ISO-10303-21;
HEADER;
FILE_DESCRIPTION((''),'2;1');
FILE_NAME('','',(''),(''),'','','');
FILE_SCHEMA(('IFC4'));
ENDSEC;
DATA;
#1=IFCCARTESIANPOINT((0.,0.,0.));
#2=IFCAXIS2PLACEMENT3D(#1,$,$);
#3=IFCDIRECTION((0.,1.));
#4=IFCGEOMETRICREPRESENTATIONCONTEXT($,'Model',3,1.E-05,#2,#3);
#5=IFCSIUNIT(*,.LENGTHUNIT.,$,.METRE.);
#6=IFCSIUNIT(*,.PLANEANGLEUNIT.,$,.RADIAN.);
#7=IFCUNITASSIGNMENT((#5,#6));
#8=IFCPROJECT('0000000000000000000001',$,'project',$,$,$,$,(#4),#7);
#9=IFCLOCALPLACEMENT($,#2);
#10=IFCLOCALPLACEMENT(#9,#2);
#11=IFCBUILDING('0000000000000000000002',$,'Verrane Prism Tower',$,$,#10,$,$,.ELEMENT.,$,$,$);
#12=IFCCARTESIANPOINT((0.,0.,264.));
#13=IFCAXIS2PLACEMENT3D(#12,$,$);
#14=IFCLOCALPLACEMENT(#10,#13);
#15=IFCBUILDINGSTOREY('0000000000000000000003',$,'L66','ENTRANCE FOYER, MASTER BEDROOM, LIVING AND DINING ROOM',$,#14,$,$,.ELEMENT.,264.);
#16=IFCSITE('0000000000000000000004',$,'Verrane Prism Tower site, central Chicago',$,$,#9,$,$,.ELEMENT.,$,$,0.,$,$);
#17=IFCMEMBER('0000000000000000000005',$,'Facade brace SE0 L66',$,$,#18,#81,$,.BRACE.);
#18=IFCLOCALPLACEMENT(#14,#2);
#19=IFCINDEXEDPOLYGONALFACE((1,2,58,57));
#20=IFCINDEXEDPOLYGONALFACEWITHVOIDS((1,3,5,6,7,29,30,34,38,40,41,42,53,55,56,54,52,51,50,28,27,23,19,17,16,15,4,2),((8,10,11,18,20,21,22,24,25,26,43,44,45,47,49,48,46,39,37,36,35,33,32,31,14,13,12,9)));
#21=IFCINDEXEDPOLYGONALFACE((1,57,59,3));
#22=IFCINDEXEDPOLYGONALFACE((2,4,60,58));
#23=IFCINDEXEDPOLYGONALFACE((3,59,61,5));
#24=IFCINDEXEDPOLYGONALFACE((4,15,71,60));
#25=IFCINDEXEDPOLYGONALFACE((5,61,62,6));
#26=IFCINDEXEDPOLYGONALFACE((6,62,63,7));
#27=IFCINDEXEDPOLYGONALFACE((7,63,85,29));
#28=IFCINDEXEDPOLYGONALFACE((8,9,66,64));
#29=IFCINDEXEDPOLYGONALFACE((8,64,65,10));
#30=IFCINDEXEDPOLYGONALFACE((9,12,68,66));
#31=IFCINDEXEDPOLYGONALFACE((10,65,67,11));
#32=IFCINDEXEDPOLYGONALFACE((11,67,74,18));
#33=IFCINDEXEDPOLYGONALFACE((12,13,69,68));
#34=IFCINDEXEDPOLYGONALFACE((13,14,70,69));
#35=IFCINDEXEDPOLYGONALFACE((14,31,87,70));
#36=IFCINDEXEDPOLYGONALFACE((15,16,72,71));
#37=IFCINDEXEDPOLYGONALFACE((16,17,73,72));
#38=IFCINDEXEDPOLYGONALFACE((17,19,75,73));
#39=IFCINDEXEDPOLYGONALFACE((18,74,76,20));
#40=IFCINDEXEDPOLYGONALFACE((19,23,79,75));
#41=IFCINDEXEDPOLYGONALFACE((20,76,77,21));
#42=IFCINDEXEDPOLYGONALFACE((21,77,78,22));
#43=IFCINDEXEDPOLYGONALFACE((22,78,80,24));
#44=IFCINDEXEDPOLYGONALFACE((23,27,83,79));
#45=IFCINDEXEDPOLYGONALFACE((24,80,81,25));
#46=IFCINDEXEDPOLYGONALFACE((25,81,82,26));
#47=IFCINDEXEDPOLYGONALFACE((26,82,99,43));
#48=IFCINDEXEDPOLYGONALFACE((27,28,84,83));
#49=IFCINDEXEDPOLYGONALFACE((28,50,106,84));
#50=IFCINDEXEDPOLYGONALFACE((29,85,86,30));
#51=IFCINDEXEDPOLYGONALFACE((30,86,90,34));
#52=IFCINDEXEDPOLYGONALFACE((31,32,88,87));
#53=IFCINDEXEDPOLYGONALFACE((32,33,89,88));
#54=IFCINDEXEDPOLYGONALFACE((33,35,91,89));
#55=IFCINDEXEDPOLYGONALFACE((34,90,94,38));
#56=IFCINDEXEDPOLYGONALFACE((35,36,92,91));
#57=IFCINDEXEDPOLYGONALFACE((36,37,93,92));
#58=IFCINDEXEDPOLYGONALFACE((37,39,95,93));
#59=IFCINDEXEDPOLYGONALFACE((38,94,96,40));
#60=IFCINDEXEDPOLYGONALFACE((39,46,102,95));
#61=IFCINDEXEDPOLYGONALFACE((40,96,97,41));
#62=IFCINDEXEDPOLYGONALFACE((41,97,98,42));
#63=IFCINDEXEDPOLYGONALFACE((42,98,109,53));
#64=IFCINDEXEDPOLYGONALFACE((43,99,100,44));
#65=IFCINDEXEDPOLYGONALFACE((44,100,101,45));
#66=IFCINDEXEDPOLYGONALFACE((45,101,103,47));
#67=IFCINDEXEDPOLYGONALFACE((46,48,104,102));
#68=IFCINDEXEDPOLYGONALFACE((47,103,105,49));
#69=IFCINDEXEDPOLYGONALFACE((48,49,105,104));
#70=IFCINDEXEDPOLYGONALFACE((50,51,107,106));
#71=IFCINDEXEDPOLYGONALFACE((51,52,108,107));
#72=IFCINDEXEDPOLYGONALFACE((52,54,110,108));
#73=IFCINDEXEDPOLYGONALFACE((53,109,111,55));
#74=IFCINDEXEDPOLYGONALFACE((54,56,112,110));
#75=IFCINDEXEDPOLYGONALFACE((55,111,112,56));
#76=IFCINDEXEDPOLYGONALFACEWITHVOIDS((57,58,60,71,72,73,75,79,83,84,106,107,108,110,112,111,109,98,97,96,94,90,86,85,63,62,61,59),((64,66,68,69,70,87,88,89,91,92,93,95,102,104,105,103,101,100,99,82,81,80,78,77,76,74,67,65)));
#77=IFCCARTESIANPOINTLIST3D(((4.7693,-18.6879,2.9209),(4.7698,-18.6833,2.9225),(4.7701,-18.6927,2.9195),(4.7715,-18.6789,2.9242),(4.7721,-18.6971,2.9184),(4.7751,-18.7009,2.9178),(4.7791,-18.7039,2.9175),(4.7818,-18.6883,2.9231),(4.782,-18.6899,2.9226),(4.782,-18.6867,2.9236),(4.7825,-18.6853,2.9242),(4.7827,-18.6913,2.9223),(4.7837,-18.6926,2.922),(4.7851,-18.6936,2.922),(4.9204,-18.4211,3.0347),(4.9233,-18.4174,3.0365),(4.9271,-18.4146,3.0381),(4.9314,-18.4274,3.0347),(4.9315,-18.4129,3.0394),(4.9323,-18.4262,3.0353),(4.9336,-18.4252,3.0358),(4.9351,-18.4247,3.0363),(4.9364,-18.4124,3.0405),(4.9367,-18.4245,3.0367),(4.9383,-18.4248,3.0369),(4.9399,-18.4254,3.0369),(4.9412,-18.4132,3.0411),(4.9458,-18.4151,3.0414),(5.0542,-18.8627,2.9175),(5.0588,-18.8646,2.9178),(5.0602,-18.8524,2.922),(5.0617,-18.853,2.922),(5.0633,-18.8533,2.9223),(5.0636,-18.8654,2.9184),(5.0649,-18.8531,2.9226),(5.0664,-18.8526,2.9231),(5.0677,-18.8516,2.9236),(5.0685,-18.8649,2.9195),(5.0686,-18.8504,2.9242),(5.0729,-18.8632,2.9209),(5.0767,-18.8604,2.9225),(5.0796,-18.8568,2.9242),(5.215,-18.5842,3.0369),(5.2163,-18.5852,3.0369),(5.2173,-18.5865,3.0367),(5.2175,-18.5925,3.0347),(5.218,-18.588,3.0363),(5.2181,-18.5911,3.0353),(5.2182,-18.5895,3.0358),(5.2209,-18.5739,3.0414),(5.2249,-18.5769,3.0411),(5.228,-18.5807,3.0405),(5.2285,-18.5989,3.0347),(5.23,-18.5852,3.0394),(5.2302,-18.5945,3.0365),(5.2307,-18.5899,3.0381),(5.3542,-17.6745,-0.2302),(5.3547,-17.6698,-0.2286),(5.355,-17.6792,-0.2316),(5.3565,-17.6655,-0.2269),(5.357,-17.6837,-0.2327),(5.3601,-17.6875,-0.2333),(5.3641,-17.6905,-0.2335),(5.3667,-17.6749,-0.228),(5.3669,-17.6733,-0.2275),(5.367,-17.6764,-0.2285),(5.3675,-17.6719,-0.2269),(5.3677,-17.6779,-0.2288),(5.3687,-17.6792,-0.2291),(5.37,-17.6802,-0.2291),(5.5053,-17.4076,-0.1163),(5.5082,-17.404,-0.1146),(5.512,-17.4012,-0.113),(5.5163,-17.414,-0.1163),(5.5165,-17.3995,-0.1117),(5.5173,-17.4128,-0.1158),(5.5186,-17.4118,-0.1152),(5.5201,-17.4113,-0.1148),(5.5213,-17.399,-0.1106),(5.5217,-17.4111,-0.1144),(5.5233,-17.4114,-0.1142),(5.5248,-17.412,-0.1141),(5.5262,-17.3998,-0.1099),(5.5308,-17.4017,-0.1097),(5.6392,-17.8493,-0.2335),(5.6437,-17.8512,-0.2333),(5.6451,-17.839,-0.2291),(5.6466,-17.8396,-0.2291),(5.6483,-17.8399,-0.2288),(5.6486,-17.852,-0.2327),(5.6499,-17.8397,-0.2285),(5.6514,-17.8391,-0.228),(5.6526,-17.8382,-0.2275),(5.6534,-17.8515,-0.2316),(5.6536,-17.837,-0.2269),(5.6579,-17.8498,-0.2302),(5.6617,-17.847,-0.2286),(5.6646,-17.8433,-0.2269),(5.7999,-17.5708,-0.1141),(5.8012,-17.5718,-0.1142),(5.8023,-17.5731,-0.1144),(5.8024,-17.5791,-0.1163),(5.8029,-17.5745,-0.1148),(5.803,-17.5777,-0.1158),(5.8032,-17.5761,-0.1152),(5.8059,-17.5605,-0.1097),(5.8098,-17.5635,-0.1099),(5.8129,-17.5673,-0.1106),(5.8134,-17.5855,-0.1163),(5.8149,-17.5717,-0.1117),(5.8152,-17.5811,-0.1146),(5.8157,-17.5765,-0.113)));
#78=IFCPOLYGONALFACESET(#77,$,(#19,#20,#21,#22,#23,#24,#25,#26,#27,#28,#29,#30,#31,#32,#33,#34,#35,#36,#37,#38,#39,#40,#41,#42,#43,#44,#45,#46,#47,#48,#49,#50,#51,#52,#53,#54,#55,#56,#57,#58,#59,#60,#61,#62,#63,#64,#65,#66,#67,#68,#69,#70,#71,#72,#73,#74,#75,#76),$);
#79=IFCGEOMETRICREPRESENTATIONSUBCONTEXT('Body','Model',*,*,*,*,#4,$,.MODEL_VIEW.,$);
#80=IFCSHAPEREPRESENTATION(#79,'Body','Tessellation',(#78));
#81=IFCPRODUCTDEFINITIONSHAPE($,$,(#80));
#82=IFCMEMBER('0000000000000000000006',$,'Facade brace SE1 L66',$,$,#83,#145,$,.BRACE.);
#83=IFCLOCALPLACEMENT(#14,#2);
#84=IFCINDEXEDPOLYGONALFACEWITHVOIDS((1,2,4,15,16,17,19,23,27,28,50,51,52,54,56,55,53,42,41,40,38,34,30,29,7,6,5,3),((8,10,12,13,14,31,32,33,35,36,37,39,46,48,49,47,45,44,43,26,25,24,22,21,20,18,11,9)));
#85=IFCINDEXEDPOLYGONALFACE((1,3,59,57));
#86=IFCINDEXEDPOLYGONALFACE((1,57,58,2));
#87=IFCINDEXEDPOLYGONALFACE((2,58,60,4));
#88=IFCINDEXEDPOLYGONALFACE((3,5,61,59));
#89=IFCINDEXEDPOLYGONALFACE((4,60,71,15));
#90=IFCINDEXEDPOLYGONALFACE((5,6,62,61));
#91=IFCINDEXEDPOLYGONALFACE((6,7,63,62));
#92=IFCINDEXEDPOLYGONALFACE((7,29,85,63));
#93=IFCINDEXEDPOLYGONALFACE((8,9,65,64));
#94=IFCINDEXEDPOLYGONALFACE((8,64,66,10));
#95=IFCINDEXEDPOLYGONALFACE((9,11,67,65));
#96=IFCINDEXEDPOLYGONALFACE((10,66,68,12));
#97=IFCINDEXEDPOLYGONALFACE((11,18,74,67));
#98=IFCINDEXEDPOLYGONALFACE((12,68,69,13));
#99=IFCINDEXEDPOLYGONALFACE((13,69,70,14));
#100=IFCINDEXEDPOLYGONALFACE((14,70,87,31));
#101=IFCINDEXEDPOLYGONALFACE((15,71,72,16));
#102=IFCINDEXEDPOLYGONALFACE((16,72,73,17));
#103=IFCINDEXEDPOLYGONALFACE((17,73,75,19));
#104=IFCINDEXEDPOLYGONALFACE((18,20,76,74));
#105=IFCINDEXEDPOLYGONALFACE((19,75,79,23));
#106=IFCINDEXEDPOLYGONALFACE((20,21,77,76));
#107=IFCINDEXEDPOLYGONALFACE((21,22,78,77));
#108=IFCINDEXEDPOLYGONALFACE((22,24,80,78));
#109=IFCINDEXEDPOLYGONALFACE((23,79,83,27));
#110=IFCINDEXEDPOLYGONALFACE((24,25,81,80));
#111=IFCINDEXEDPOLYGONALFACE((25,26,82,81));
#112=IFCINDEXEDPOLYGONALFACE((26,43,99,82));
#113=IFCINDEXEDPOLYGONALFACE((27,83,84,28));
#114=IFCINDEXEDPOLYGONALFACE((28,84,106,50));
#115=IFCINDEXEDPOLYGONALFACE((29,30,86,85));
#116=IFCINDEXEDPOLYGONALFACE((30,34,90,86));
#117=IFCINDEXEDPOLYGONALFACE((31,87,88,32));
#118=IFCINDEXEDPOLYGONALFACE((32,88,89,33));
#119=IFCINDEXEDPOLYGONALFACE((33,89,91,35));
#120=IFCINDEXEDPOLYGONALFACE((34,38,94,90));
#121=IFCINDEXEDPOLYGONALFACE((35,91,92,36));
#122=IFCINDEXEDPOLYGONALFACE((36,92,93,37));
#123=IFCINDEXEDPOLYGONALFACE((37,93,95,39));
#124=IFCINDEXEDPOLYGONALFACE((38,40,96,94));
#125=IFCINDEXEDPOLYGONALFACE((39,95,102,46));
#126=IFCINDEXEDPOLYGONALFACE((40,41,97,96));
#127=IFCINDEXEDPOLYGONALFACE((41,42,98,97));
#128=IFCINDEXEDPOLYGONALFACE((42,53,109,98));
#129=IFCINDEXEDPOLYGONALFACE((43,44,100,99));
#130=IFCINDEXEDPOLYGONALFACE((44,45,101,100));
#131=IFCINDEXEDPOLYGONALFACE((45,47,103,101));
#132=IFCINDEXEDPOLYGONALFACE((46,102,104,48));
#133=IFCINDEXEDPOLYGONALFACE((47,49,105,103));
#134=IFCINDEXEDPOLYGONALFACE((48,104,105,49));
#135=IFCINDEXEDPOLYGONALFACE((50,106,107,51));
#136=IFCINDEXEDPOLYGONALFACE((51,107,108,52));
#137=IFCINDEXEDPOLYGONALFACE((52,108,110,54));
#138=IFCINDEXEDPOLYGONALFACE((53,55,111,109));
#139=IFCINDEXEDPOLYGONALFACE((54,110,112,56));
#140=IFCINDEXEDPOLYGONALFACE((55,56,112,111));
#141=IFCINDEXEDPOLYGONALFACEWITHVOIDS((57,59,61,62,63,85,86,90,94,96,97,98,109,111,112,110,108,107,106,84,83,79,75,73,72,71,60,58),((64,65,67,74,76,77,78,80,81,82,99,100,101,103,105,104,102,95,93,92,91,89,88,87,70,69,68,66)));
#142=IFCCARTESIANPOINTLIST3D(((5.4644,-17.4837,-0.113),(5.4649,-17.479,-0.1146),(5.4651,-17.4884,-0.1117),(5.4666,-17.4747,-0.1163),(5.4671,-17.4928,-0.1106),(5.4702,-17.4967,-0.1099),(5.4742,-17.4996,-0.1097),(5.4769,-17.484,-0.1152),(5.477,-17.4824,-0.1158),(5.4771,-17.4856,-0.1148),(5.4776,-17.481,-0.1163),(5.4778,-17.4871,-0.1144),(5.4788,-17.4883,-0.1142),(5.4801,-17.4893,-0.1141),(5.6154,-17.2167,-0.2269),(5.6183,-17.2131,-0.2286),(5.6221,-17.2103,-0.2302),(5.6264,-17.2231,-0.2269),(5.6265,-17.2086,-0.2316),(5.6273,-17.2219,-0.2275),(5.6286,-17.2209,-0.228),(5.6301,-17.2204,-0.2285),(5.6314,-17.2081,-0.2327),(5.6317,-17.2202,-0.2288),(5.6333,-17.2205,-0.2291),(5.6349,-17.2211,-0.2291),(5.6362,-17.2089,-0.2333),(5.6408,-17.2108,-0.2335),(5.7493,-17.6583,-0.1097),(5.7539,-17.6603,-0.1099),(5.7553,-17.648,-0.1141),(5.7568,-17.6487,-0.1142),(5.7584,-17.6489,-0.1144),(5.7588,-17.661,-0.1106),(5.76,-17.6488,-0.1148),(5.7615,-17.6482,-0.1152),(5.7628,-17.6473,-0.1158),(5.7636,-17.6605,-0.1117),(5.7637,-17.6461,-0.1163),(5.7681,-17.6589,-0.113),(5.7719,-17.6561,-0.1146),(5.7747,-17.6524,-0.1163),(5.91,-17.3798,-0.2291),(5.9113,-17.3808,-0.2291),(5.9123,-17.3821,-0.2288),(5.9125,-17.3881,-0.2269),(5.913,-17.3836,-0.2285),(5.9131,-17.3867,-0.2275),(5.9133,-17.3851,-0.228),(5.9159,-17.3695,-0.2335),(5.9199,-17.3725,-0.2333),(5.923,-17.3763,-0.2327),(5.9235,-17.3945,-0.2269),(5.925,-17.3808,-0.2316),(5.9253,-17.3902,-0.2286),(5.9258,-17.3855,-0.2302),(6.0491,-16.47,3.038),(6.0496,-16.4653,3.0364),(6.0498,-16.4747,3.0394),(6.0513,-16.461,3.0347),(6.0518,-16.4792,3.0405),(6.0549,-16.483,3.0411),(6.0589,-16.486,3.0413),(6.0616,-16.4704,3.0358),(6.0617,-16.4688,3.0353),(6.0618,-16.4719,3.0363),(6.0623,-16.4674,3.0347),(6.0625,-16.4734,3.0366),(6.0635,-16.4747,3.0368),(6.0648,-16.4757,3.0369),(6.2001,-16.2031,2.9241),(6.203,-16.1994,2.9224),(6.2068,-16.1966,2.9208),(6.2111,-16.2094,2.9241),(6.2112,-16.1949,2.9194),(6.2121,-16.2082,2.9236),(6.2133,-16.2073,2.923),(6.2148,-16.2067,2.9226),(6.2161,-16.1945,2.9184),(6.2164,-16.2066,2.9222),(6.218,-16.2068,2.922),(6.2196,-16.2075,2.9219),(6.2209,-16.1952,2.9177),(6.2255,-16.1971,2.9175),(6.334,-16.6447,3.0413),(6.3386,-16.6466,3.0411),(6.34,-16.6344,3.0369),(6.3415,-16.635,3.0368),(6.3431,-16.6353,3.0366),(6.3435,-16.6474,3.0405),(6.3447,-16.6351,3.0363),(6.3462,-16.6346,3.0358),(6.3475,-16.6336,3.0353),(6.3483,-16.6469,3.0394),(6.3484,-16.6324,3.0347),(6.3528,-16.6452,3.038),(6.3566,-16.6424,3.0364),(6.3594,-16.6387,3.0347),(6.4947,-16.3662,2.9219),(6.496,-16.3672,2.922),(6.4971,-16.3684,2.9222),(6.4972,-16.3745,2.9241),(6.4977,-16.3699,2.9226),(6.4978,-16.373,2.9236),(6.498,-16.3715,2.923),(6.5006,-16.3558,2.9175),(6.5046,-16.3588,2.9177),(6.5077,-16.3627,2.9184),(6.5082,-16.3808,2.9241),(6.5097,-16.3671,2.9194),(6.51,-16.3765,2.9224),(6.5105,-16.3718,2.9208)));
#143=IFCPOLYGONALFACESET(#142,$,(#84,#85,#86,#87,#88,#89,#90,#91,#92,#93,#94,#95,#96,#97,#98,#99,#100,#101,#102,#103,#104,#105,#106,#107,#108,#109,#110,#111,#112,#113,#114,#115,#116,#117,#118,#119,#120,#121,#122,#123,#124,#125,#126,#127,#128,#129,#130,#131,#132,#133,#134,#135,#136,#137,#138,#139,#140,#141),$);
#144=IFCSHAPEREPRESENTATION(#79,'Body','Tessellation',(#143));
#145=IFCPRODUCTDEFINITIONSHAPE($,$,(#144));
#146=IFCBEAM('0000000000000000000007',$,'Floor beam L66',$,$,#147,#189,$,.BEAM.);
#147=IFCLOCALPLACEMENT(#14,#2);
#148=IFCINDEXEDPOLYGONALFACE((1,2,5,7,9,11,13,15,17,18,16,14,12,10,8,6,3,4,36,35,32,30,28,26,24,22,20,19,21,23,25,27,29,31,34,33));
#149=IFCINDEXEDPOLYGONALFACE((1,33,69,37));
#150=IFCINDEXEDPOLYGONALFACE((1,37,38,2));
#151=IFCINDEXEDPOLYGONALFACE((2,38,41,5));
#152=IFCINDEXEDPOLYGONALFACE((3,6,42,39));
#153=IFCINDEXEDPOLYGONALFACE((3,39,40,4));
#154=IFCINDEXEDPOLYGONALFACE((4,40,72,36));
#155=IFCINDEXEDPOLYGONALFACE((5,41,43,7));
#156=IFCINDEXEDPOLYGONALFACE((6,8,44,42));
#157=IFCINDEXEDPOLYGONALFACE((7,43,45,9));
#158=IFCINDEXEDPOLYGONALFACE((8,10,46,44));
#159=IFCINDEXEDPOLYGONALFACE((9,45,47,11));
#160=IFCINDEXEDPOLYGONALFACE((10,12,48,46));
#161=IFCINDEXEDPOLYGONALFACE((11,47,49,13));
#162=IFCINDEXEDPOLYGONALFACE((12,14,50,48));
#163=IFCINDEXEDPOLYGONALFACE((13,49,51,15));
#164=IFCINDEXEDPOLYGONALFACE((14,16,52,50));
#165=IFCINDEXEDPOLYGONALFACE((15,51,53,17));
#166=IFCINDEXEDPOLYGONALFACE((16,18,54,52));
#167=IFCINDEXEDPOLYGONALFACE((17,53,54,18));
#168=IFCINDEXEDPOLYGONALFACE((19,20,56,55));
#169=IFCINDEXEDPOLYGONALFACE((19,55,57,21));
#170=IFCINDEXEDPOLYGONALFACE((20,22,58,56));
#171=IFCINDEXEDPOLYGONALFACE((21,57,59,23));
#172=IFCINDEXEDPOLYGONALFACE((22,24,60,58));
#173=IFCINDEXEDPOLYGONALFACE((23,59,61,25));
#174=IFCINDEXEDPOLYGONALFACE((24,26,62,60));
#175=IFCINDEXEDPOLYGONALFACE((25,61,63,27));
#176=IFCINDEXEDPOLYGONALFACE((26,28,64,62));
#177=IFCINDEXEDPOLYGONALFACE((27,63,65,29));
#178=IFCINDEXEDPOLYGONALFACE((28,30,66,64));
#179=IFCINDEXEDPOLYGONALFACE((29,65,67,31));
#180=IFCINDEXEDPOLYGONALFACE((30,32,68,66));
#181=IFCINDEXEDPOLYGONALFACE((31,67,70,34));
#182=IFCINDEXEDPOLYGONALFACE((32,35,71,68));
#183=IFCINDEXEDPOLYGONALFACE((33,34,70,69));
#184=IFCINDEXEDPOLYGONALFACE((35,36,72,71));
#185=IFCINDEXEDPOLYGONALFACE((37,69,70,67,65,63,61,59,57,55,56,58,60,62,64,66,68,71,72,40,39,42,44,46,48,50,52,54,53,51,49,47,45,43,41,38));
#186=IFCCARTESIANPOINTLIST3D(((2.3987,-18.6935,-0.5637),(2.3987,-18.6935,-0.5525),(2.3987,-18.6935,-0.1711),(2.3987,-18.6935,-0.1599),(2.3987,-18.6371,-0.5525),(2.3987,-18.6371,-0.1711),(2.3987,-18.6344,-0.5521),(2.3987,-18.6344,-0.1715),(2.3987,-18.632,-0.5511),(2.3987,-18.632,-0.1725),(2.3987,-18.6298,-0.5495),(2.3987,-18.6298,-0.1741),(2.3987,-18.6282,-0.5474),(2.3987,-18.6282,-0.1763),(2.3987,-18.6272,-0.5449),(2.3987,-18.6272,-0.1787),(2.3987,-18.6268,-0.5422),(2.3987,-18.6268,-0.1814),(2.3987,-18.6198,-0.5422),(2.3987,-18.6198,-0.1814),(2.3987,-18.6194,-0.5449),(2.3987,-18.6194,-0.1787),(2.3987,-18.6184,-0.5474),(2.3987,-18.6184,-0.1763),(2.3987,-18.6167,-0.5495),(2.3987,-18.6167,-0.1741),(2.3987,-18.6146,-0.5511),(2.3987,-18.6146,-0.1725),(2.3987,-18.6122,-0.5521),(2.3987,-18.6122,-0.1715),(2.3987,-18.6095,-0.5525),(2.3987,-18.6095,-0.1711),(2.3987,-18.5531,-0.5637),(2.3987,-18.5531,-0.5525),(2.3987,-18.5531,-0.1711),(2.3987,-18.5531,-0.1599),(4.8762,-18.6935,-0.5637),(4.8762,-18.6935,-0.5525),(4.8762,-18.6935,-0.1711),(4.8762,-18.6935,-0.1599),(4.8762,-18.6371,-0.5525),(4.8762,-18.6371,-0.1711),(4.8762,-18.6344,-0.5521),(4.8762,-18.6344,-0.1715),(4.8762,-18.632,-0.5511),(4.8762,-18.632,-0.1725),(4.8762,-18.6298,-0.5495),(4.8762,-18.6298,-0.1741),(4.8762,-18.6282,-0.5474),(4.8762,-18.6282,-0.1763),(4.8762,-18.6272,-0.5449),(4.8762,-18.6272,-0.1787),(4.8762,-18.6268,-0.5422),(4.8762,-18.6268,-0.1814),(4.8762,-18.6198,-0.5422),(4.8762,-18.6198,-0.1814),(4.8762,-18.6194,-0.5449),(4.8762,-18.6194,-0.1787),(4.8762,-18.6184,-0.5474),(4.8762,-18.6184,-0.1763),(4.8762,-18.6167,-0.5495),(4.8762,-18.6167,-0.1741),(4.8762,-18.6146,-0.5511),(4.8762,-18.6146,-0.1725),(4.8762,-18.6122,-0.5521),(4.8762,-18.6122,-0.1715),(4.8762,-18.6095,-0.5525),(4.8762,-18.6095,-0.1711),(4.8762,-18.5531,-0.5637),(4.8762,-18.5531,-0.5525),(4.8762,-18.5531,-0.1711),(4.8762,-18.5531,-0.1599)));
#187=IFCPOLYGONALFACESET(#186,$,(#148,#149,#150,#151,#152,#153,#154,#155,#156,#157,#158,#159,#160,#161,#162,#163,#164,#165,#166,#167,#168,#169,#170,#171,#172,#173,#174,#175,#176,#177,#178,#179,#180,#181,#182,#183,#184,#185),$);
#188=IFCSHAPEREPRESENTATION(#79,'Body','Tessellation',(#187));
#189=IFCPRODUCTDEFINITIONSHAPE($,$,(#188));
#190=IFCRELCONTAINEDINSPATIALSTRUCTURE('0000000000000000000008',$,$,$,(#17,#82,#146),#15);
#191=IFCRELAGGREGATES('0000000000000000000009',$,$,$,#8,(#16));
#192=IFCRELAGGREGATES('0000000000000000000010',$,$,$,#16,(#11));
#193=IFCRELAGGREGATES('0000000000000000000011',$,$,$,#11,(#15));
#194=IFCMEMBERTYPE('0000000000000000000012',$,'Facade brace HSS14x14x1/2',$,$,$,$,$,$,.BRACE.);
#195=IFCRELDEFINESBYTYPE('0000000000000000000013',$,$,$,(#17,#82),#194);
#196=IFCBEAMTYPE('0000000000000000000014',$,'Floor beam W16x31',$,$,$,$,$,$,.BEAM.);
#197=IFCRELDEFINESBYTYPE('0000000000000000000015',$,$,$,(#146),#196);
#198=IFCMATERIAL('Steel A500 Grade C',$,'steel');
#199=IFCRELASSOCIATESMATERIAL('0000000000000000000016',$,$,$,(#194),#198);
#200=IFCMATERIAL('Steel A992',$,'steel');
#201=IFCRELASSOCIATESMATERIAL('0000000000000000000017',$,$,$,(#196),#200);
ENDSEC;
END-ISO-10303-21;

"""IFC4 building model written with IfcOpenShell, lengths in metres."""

from ifc_helpers import new_model, si_unit, direction, frame, origin, origin_2d, place, context, subcontext, project, spatial, hollow_rectangle, i_section, extrude, material, material_profile, profile_set, type_object, element, save


model = new_model("IFC4")

# Units and contexts
model_context = context("Model", 3, precision=1e-05, world=origin(), true_north=direction((0.0, 1.0)))
body_context = subcontext(model_context, "Body", "Model", "MODEL_VIEW")
ifc_project = project(units=[si_unit("LENGTHUNIT", "METRE"), si_unit("PLANEANGLEUNIT", "RADIAN")], contexts=[model_context])

# Site, building, storey
site_placement = place(None, origin())
site = spatial("IfcSite", under=ifc_project, at=site_placement, Name="Verrane Prism Tower site, central Chicago", CompositionType="ELEMENT", RefElevation=0.0)
building_placement = place(site_placement, origin())
building = spatial("IfcBuilding", under=site, at=building_placement, Name="Verrane Prism Tower", CompositionType="ELEMENT")
storey_placement = place(building_placement, frame((0.0, 0.0, 264.0)))
storey = spatial("IfcBuildingStorey", under=building, at=storey_placement, Name="L66", Description="ENTRANCE FOYER, MASTER BEDROOM, LIVING AND DINING ROOM", CompositionType="ELEMENT", Elevation=264.0)

# Members
ifc_material_1 = material(Name="Steel A500 Grade C", Category="steel")
ifc_material_profile_1 = material_profile(ifc_material_1, hollow_rectangle(XDim=0.3557, YDim=0.3557, WallThickness=0.0127, InnerFilletRadius=0.0063, OuterFilletRadius=0.019, at=origin_2d()), Name="HSS14x14x1/2")
ifc_profile_set_1 = profile_set([ifc_material_profile_1], Name="Steel A500 Grade C")
member_type_1 = type_object("IfcMemberType", Name="Facade brace HSS14x14x1/2", PredefinedType="BRACE", material=ifc_profile_set_1)
for number, where, z_axis, x_axis, name in (
    (1, (5.585, -17.6255, -0.1716), (-0.174025, -0.301493, 0.937453), (0.866078, -0.499909, 0.0), "Facade brace SE0 L66"),
    (2, (5.6951, -17.4346, -0.1716), (0.17395, 0.301563, 0.937444), (-0.86622, 0.499662, 0.0), "Facade brace SE1 L66"),
):
    element("IfcMember", number, at=place(storey_placement, frame(where, z_axis=z_axis, x_axis=x_axis)), inside=storey, type_object=member_type_1, Name=name, PredefinedType="BRACE", context=body_context, shape_type="SweptSolid", body=[
        extrude(hollow_rectangle(XDim=0.3557, YDim=0.3557, WallThickness=0.0127, InnerFilletRadius=0.0063, OuterFilletRadius=0.019, at=origin_2d()), origin(), (0.0, 0.0, 1.0), 3.3613),
    ])

# Beam
ifc_material_2 = material(Name="Steel A992", Category="steel")
ifc_material_profile_2 = material_profile(ifc_material_2, i_section(OverallWidth=0.1404, OverallDepth=0.4038, WebThickness=0.0071, FlangeThickness=0.0112, FilletRadius=0.0103, at=origin_2d()), Name="W16x31")
ifc_profile_set_2 = profile_set([ifc_material_profile_2], Name="Steel A992")
beam_type_1 = type_object("IfcBeamType", Name="Floor beam W16x31", PredefinedType="BEAM", material=ifc_profile_set_2)
beam_1_placement = place(storey_placement, frame((2.3987, -18.6233, -0.3618), z_axis=(1.0, 0.0, 0.0), x_axis=(0.0, 1.0, 0.0)))
element("IfcBeam", 3, at=beam_1_placement, inside=storey, type_object=beam_type_1, Name="Floor beam L66", PredefinedType="BEAM", context=body_context, shape_type="SweptSolid", body=[
    extrude(i_section(OverallWidth=0.1404, OverallDepth=0.4038, WebThickness=0.0071, FlangeThickness=0.0112, FilletRadius=0.0103, at=origin_2d()), origin(), (0.0, 0.0, 1.0), 2.4775),
])

save(model, "model.ifc")
